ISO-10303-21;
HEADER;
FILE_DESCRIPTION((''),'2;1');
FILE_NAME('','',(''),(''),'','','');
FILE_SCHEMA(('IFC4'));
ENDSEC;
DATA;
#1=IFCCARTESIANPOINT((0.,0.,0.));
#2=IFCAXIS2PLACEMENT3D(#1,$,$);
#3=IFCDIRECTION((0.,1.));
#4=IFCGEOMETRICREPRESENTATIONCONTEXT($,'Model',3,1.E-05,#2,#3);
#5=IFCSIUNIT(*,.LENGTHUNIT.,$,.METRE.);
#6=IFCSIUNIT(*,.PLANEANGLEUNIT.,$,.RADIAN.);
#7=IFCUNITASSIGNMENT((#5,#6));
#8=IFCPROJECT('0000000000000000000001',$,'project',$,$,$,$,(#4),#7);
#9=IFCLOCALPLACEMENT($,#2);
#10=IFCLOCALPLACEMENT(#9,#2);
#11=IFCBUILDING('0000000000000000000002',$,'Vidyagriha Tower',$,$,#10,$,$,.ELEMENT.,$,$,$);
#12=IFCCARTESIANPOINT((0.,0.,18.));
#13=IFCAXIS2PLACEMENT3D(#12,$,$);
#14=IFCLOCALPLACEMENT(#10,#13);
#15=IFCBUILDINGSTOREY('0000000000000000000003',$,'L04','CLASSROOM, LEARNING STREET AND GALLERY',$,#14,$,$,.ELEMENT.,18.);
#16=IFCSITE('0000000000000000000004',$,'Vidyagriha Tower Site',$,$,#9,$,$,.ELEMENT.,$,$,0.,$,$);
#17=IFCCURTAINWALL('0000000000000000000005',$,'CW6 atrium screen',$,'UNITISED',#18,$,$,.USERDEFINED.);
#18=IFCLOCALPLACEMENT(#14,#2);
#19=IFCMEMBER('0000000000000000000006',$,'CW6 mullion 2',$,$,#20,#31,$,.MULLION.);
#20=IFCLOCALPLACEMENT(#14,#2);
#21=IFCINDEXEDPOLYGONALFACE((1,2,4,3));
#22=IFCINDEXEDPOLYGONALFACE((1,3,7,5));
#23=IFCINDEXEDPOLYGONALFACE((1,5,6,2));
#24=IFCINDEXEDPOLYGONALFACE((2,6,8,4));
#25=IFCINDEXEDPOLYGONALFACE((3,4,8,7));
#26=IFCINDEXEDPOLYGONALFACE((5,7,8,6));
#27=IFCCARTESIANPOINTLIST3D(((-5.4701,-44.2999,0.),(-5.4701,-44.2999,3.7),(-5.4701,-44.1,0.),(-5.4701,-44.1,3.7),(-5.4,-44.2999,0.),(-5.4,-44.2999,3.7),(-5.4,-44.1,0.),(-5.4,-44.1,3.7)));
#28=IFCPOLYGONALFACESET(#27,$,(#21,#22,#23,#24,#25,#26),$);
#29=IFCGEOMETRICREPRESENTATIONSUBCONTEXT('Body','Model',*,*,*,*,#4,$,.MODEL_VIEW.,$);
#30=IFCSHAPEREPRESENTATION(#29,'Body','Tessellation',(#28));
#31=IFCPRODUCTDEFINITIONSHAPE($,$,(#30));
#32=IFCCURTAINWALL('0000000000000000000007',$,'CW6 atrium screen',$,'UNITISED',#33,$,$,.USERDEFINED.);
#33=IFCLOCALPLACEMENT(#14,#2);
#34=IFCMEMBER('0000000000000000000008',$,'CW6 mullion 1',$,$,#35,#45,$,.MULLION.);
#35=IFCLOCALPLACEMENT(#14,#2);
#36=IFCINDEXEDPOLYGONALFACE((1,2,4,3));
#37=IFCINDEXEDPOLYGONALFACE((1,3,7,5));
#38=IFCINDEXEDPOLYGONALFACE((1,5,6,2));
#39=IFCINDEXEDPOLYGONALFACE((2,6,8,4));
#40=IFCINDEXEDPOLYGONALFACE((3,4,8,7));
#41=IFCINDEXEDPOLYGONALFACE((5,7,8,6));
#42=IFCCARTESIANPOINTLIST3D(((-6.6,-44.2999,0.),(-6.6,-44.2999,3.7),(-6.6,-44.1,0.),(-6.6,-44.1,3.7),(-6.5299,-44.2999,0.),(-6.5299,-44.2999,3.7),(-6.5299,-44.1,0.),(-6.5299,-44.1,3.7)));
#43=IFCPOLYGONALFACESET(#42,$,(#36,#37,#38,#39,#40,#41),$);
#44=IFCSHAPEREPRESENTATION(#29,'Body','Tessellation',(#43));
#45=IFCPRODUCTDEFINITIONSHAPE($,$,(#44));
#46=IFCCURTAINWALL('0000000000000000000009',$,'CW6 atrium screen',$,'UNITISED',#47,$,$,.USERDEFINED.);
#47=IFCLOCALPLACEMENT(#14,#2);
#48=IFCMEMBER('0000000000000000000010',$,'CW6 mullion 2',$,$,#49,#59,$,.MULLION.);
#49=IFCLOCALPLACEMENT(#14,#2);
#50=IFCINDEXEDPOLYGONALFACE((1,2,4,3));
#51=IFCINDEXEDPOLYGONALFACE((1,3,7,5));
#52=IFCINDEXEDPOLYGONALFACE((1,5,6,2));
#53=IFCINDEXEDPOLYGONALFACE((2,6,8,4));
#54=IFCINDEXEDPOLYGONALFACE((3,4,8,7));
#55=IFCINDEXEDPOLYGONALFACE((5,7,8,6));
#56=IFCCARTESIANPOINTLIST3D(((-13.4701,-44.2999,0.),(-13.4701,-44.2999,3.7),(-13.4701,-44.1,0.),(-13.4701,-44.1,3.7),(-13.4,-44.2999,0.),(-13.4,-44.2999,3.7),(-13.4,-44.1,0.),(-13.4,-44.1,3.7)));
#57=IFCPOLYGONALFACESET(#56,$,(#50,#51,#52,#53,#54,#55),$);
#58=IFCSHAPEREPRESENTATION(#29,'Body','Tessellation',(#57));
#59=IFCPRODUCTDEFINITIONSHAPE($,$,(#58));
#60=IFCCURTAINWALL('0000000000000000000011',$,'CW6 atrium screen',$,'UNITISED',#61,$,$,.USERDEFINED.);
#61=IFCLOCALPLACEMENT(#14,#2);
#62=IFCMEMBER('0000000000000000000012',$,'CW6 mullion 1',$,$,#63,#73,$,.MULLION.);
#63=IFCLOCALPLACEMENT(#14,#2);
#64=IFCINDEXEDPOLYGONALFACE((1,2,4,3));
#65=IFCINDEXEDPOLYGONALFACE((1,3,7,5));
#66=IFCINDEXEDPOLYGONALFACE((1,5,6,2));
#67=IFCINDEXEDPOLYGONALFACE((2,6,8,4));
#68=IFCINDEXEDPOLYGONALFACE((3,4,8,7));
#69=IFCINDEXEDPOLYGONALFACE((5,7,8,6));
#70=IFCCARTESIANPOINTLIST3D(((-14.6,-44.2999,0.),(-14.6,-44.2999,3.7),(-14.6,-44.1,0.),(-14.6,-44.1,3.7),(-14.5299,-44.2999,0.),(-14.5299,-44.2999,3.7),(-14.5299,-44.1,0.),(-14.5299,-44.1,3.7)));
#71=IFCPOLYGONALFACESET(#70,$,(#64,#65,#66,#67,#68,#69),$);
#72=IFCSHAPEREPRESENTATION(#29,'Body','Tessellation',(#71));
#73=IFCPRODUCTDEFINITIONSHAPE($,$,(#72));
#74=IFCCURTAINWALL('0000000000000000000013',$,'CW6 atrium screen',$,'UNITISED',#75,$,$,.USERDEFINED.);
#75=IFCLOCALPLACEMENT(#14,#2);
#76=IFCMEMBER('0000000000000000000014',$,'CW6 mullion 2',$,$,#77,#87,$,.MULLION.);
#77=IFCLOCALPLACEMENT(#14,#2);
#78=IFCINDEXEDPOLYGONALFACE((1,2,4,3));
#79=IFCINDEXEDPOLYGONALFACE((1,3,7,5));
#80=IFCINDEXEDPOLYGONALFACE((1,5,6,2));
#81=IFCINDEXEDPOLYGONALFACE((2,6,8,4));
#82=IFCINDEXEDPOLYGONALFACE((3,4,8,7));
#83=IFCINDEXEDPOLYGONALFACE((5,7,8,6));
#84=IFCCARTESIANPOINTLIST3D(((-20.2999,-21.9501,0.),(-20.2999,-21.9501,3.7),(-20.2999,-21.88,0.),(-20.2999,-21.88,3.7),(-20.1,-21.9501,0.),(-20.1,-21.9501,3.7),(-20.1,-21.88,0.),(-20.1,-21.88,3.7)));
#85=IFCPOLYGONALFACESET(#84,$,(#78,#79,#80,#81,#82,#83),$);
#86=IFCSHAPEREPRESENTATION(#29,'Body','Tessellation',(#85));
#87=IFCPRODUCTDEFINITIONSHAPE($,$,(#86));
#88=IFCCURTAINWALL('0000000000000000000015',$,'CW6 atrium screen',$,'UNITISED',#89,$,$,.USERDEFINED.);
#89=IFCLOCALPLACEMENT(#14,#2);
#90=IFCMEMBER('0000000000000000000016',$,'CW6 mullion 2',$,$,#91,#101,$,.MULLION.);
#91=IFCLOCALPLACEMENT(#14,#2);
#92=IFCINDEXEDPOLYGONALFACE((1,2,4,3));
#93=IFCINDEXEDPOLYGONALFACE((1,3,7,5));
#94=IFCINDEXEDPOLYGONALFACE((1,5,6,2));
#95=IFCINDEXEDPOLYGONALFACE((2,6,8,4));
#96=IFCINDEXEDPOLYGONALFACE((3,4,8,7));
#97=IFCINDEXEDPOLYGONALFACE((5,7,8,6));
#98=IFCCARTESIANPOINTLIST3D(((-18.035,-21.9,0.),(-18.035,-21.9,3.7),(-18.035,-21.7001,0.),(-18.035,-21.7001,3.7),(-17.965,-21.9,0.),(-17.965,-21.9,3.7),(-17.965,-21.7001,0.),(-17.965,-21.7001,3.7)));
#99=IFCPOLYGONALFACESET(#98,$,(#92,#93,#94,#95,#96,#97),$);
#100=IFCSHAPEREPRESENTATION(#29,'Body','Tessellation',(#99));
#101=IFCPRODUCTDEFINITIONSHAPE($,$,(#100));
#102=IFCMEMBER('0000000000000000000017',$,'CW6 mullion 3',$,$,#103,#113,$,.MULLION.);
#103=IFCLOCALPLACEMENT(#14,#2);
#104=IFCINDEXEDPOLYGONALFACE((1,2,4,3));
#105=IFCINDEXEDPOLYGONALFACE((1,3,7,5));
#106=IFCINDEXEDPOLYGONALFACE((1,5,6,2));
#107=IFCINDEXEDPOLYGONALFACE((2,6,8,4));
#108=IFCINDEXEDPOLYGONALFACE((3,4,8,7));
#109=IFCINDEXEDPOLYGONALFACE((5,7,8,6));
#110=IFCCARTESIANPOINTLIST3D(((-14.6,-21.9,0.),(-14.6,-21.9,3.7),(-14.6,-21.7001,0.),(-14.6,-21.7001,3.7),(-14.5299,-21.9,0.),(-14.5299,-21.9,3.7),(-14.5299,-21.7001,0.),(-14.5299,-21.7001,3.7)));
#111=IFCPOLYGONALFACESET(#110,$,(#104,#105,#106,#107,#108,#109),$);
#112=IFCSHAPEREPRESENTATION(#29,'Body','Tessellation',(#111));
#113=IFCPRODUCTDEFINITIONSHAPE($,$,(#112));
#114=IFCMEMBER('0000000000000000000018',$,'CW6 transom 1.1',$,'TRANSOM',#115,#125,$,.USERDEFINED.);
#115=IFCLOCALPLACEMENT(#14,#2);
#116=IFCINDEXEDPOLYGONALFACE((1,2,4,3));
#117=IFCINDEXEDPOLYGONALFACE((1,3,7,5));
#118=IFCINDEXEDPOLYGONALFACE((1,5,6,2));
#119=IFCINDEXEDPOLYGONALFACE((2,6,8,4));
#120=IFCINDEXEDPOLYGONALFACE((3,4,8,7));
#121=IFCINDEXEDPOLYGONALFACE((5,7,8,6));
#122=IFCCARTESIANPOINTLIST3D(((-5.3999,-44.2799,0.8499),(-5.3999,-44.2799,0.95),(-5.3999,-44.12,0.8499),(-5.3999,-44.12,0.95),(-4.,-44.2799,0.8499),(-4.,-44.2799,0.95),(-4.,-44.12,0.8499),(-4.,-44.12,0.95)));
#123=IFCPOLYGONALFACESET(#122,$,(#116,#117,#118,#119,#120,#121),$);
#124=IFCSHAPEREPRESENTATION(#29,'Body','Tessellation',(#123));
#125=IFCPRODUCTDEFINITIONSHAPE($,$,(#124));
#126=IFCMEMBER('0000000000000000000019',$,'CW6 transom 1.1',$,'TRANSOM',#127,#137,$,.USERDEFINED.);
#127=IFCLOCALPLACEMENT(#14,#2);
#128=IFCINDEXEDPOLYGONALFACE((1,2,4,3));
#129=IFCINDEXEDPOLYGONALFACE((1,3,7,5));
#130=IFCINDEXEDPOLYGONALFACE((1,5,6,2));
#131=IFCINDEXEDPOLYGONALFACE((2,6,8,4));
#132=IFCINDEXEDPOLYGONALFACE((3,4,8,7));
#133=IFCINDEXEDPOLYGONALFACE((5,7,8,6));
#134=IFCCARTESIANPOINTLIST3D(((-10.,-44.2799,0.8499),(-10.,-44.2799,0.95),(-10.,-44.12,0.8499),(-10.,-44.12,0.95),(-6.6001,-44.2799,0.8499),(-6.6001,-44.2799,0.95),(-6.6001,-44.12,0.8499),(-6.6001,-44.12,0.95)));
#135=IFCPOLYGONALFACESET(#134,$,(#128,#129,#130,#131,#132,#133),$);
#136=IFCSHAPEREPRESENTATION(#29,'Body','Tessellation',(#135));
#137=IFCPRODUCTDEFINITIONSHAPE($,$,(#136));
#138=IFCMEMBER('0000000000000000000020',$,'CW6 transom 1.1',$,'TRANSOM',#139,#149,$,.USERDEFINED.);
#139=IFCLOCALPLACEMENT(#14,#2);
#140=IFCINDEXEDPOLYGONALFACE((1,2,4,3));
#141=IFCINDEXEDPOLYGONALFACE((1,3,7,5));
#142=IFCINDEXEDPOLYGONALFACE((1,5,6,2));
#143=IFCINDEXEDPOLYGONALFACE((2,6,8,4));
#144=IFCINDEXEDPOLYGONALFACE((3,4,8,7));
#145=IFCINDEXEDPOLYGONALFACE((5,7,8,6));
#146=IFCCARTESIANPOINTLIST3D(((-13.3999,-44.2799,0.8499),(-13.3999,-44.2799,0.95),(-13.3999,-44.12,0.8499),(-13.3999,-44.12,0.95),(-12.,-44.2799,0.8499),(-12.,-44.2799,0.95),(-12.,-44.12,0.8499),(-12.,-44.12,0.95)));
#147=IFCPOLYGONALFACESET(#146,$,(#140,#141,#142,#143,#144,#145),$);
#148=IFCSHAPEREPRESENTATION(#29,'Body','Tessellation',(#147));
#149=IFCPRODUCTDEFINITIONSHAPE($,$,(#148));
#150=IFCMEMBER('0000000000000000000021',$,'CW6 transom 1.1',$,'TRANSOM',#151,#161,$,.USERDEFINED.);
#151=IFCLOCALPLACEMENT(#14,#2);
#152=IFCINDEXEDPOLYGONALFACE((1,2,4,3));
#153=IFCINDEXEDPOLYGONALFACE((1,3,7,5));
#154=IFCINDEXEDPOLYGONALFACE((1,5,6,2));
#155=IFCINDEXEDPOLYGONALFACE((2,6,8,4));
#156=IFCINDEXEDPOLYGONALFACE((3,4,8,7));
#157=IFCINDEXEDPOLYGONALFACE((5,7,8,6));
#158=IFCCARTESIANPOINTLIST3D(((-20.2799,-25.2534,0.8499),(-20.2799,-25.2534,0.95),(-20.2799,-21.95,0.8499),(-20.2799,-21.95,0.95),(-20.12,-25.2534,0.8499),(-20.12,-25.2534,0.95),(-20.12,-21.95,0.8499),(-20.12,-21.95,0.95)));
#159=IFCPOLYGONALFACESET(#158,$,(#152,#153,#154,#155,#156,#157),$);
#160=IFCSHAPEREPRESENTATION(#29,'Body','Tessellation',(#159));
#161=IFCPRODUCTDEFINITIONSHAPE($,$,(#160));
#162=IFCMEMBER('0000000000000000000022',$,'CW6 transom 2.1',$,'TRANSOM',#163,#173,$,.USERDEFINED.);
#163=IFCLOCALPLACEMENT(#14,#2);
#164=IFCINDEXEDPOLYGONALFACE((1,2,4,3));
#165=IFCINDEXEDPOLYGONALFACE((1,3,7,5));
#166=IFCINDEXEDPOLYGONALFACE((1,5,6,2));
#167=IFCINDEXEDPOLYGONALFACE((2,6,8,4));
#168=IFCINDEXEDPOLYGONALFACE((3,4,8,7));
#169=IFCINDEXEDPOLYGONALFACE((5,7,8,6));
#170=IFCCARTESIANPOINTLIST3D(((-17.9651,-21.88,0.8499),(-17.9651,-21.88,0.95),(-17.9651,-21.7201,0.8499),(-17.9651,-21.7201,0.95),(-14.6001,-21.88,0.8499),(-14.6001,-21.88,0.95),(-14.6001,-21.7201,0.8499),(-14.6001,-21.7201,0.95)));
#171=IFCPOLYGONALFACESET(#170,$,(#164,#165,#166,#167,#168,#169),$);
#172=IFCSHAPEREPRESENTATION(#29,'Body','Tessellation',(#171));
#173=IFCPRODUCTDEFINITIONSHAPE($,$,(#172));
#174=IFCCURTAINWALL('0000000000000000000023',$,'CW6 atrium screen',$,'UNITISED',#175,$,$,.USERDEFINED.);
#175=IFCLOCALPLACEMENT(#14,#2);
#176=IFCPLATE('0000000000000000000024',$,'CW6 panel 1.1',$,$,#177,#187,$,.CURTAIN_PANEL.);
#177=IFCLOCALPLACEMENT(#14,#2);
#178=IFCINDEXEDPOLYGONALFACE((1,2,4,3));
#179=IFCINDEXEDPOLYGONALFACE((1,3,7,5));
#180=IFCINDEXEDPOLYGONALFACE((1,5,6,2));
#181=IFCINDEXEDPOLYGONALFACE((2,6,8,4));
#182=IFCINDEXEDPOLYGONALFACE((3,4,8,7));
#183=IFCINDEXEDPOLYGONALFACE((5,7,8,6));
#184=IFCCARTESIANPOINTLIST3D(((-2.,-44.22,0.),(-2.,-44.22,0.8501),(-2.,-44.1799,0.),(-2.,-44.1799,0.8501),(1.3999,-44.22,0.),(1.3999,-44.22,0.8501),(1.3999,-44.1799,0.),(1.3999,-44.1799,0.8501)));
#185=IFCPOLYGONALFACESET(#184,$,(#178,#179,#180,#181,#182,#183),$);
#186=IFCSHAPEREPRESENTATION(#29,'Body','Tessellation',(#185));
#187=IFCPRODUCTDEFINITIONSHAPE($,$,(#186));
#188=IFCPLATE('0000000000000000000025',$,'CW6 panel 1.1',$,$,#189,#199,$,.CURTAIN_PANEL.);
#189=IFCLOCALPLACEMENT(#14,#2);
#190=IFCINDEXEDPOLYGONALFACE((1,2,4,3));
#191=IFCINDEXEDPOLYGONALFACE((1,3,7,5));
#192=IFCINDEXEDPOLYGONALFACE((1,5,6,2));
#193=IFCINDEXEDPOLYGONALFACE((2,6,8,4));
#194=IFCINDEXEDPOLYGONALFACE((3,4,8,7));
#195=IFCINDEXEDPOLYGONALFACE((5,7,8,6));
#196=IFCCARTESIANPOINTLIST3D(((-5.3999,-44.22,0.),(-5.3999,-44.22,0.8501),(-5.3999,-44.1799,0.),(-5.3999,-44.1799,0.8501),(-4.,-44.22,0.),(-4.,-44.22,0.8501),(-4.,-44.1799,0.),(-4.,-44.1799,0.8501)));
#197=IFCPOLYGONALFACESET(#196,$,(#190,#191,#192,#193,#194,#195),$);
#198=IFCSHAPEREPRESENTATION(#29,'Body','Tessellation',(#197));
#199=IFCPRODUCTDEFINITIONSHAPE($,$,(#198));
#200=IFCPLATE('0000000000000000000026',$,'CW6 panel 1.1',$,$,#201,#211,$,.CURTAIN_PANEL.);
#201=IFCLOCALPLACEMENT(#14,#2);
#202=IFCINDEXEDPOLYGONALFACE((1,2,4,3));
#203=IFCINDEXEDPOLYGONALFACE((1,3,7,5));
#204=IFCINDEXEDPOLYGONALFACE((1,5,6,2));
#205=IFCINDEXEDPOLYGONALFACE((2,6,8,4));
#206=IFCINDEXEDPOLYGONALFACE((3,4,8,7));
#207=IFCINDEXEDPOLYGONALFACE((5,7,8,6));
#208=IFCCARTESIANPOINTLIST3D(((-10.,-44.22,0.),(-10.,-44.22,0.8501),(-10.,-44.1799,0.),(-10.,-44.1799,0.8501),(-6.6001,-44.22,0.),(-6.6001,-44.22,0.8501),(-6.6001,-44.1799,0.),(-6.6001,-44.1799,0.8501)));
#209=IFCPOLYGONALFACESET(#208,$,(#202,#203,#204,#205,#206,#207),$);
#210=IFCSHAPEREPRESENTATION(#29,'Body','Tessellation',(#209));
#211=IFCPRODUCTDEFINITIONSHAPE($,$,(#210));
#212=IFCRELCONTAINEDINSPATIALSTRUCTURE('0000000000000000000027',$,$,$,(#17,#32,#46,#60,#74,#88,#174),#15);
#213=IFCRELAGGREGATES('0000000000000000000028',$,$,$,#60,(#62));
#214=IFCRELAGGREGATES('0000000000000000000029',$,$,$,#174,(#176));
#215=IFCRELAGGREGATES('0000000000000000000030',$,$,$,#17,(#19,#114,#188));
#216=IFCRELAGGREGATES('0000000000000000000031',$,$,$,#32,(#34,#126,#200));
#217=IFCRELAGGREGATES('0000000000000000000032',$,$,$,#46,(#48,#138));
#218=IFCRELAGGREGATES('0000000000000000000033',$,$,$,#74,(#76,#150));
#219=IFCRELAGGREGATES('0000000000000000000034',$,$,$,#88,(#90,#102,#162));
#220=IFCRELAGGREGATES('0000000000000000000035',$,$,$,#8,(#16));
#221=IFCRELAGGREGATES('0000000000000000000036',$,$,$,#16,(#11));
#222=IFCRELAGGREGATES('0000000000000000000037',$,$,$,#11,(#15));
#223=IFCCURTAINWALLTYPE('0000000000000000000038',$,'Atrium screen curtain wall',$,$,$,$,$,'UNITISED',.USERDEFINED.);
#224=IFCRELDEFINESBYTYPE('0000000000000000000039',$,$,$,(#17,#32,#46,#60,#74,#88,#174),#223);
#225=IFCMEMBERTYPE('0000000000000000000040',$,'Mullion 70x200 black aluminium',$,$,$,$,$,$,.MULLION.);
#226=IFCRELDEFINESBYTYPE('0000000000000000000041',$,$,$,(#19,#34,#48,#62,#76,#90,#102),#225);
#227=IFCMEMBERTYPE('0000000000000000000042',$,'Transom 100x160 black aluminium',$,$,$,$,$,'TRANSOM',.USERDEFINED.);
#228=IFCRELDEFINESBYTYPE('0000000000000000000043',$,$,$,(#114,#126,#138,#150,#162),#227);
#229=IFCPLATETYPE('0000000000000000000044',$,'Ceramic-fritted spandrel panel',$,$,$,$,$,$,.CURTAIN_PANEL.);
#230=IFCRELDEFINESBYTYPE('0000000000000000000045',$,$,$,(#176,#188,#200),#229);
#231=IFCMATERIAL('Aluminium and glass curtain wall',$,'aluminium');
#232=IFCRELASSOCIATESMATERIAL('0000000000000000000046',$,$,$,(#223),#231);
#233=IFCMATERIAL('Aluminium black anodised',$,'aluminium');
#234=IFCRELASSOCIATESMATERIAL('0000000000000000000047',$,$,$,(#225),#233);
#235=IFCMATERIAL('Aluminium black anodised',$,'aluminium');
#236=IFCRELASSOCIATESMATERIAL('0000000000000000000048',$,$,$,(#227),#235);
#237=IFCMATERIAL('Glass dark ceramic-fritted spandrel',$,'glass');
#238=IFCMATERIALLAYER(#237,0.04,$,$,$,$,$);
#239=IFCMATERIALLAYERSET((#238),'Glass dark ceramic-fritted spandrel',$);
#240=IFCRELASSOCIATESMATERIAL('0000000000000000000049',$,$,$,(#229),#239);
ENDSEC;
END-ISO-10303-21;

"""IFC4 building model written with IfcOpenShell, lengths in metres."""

from ifc_helpers import new_model, si_unit, direction, frame, origin, origin_2d, place, context, subcontext, project, spatial, rectangle, extrude, material, layer, layer_set, material_profile, profile_set, type_object, element, aggregate, save


model = new_model("IFC4")

# Units and contexts
model_context = context("Model", 3, precision=1e-05, world=origin(), true_north=direction((0.0, 1.0)))
body_context = subcontext(model_context, "Body", "Model", "MODEL_VIEW")
ifc_project = project(units=[si_unit("LENGTHUNIT", "METRE"), si_unit("PLANEANGLEUNIT", "RADIAN")], contexts=[model_context])

# Site, building, storey
site_placement = place(None, origin())
site = spatial("IfcSite", under=ifc_project, at=site_placement, Name="Vidyagriha Tower Site", CompositionType="ELEMENT", RefElevation=0.0)
building_placement = place(site_placement, origin())
building = spatial("IfcBuilding", under=site, at=building_placement, Name="Vidyagriha Tower", CompositionType="ELEMENT")
storey_placement = place(building_placement, frame((0.0, 0.0, 18.0)))
storey = spatial("IfcBuildingStorey", under=building, at=storey_placement, Name="L04", Description="CLASSROOM, LEARNING STREET AND GALLERY", CompositionType="ELEMENT", Elevation=18.0)

# Curtain walls, members
ifc_material_1 = material(Name="Aluminium and glass curtain wall", Category="aluminium")
curtain_wall_type = type_object("IfcCurtainWallType", Name="Atrium screen curtain wall", ElementType="UNITISED", PredefinedType="USERDEFINED", material=ifc_material_1)
curtain_wall_1_placement = place(storey_placement, origin())
curtain_wall_1 = element("IfcCurtainWall", 1, at=curtain_wall_1_placement, inside=storey, type_object=curtain_wall_type, Name="CW6 atrium screen", ObjectType="UNITISED", PredefinedType="USERDEFINED")
ifc_material_2 = material(Name="Aluminium black anodised", Category="aluminium")
ifc_material_profile_1 = material_profile(ifc_material_2, rectangle(XDim=0.2, YDim=0.0701, at=origin_2d()), Name="Mullion 70x200 black aluminium")
ifc_profile_set_1 = profile_set([ifc_material_profile_1], Name="Aluminium black anodised")
member_type_1 = type_object("IfcMemberType", Name="Mullion 70x200 black aluminium", PredefinedType="MULLION", material=ifc_profile_set_1)
member_1_placement = place(storey_placement, frame((-5.4351, -44.2, 0.0), z_axis=(0.0, 0.0, 1.0), x_axis=(0.0, -1.0, 0.0)))
member_1 = element("IfcMember", 2, at=member_1_placement, type_object=member_type_1, Name="CW6 mullion 2", PredefinedType="MULLION", context=body_context, shape_type="SweptSolid", body=[
    extrude(rectangle(XDim=0.2, YDim=0.0701, at=origin_2d()), origin(), (0.0, 0.0, 1.0), 3.7),
])
curtain_wall_2_placement = place(storey_placement, origin())
curtain_wall_2 = element("IfcCurtainWall", 3, at=curtain_wall_2_placement, inside=storey, type_object=curtain_wall_type, Name="CW6 atrium screen", ObjectType="UNITISED", PredefinedType="USERDEFINED")
member_2_placement = place(storey_placement, frame((-6.5649, -44.2, 0.0), z_axis=(0.0, 0.0, 1.0), x_axis=(0.0, -1.0, 0.0)))
member_2 = element("IfcMember", 4, at=member_2_placement, type_object=member_type_1, Name="CW6 mullion 1", PredefinedType="MULLION", context=body_context, shape_type="SweptSolid", body=[
    extrude(rectangle(XDim=0.2, YDim=0.0701, at=origin_2d()), origin(), (0.0, 0.0, 1.0), 3.7),
])
curtain_wall_3_placement = place(storey_placement, origin())
curtain_wall_3 = element("IfcCurtainWall", 5, at=curtain_wall_3_placement, inside=storey, type_object=curtain_wall_type, Name="CW6 atrium screen", ObjectType="UNITISED", PredefinedType="USERDEFINED")
member_3_placement = place(storey_placement, frame((-13.4351, -44.2, 0.0), z_axis=(0.0, 0.0, 1.0), x_axis=(0.0, -1.0, 0.0)))
member_3 = element("IfcMember", 6, at=member_3_placement, type_object=member_type_1, Name="CW6 mullion 2", PredefinedType="MULLION", context=body_context, shape_type="SweptSolid", body=[
    extrude(rectangle(XDim=0.2, YDim=0.0701, at=origin_2d()), origin(), (0.0, 0.0, 1.0), 3.7),
])
curtain_wall_4_placement = place(storey_placement, origin())
curtain_wall_4 = element("IfcCurtainWall", 7, at=curtain_wall_4_placement, inside=storey, type_object=curtain_wall_type, Name="CW6 atrium screen", ObjectType="UNITISED", PredefinedType="USERDEFINED")
member_4_placement = place(storey_placement, frame((-14.5649, -44.2, 0.0), z_axis=(0.0, 0.0, 1.0), x_axis=(0.0, -1.0, 0.0)))
member_4 = element("IfcMember", 8, at=member_4_placement, type_object=member_type_1, Name="CW6 mullion 1", PredefinedType="MULLION", context=body_context, shape_type="SweptSolid", body=[
    extrude(rectangle(XDim=0.2, YDim=0.0701, at=origin_2d()), origin(), (0.0, 0.0, 1.0), 3.7),
])
aggregate(curtain_wall_4, [member_4])
curtain_wall_5_placement = place(storey_placement, origin())
curtain_wall_5 = element("IfcCurtainWall", 9, at=curtain_wall_5_placement, inside=storey, type_object=curtain_wall_type, Name="CW6 atrium screen", ObjectType="UNITISED", PredefinedType="USERDEFINED")
member_5_placement = place(storey_placement, frame((-20.2, -21.915, 0.0), z_axis=(0.0, 0.0, 1.0), x_axis=(-1.0, 0.0, 0.0)))
member_5 = element("IfcMember", 10, at=member_5_placement, type_object=member_type_1, Name="CW6 mullion 2", PredefinedType="MULLION", context=body_context, shape_type="SweptSolid", body=[
    extrude(rectangle(XDim=0.2, YDim=0.0701, at=origin_2d()), origin(), (0.0, 0.0, 1.0), 3.7),
])

# Curtain wall, members
curtain_wall_6_placement = place(storey_placement, origin())
curtain_wall_6 = element("IfcCurtainWall", 11, at=curtain_wall_6_placement, inside=storey, type_object=curtain_wall_type, Name="CW6 atrium screen", ObjectType="UNITISED", PredefinedType="USERDEFINED")
member_6_placement = place(storey_placement, frame((-18.0, -21.8, 0.0), z_axis=(0.0, 0.0, 1.0), x_axis=(0.0, 1.0, 0.0)))
member_6 = element("IfcMember", 12, at=member_6_placement, type_object=member_type_1, Name="CW6 mullion 2", PredefinedType="MULLION", context=body_context, shape_type="SweptSolid", body=[
    extrude(rectangle(XDim=0.2, YDim=0.0701, at=origin_2d()), origin(), (0.0, 0.0, 1.0), 3.7),
])
member_7_placement = place(storey_placement, frame((-14.5649, -21.8, 0.0), z_axis=(0.0, 0.0, 1.0), x_axis=(0.0, 1.0, 0.0)))
member_7 = element("IfcMember", 13, at=member_7_placement, type_object=member_type_1, Name="CW6 mullion 3", PredefinedType="MULLION", context=body_context, shape_type="SweptSolid", body=[
    extrude(rectangle(XDim=0.2, YDim=0.0701, at=origin_2d()), origin(), (0.0, 0.0, 1.0), 3.7),
])

# Members
ifc_material_3 = material(Name="Aluminium black anodised", Category="aluminium")
ifc_material_profile_2 = material_profile(ifc_material_3, rectangle(XDim=0.1599, YDim=0.1001, at=origin_2d()), Name="Transom 100x160 black aluminium")
ifc_profile_set_2 = profile_set([ifc_material_profile_2], Name="Aluminium black anodised")
member_type_2 = type_object("IfcMemberType", Name="Transom 100x160 black aluminium", ElementType="TRANSOM", PredefinedType="USERDEFINED", material=ifc_profile_set_2)
member_8_placement = place(storey_placement, frame((-4.0, -44.2, 0.8999), z_axis=(-1.0, 0.0, 0.0), x_axis=(0.0, -1.0, 0.0)))
member_8 = element("IfcMember", 14, at=member_8_placement, type_object=member_type_2, Name="CW6 transom 1.1", ObjectType="TRANSOM", PredefinedType="USERDEFINED", context=body_context, shape_type="SweptSolid", body=[
    extrude(rectangle(XDim=0.1599, YDim=0.1001, at=origin_2d()), origin(), (0.0, 0.0, 1.0), 1.3999),
])
member_9_placement = place(storey_placement, frame((-6.6001, -44.2, 0.8999), z_axis=(-1.0, 0.0, 0.0), x_axis=(0.0, -1.0, 0.0)))
member_9 = element("IfcMember", 15, at=member_9_placement, type_object=member_type_2, Name="CW6 transom 1.1", ObjectType="TRANSOM", PredefinedType="USERDEFINED", context=body_context, shape_type="SweptSolid", body=[
    extrude(rectangle(XDim=0.1599, YDim=0.1001, at=origin_2d()), origin(), (0.0, 0.0, 1.0), 3.3999),
])
member_10_placement = place(storey_placement, frame((-12.0, -44.2, 0.8999), z_axis=(-1.0, 0.0, 0.0), x_axis=(0.0, -1.0, 0.0)))
member_10 = element("IfcMember", 16, at=member_10_placement, type_object=member_type_2, Name="CW6 transom 1.1", ObjectType="TRANSOM", PredefinedType="USERDEFINED", context=body_context, shape_type="SweptSolid", body=[
    extrude(rectangle(XDim=0.1599, YDim=0.1001, at=origin_2d()), origin(), (0.0, 0.0, 1.0), 1.3999),
])
member_11_placement = place(storey_placement, frame((-20.2, -25.2534, 0.8999), z_axis=(0.0, 1.0, 0.0), x_axis=(-1.0, 0.0, 0.0)))
member_11 = element("IfcMember", 17, at=member_11_placement, type_object=member_type_2, Name="CW6 transom 1.1", ObjectType="TRANSOM", PredefinedType="USERDEFINED", context=body_context, shape_type="SweptSolid", body=[
    extrude(rectangle(XDim=0.1599, YDim=0.1001, at=origin_2d()), origin(), (0.0, 0.0, 1.0), 3.3035),
])
member_12_placement = place(storey_placement, frame((-17.9651, -21.8, 0.8999), z_axis=(1.0, 0.0, 0.0), x_axis=(0.0, 1.0, 0.0)))
member_12 = element("IfcMember", 18, at=member_12_placement, type_object=member_type_2, Name="CW6 transom 2.1", ObjectType="TRANSOM", PredefinedType="USERDEFINED", context=body_context, shape_type="SweptSolid", body=[
    extrude(rectangle(XDim=0.1599, YDim=0.1001, at=origin_2d()), origin(), (0.0, 0.0, 1.0), 3.365),
])

# Curtain wall, plate
curtain_wall_7_placement = place(storey_placement, origin())
curtain_wall_7 = element("IfcCurtainWall", 19, at=curtain_wall_7_placement, inside=storey, type_object=curtain_wall_type, Name="CW6 atrium screen", ObjectType="UNITISED", PredefinedType="USERDEFINED")
ifc_material_4 = material(Name="Glass dark ceramic-fritted spandrel", Category="glass")
ifc_layer_1 = layer(ifc_material_4, 0.04)
ifc_layer_set_1 = layer_set([ifc_layer_1], Name="Glass dark ceramic-fritted spandrel")
plate_type_1 = type_object("IfcPlateType", Name="Ceramic-fritted spandrel panel", PredefinedType="CURTAIN_PANEL", material=ifc_layer_set_1)
plate_1_placement = place(storey_placement, frame((-0.3, -44.2, 0.0), z_axis=(0.0, 0.0, 1.0), x_axis=(-1.0, 0.0, 0.0)))
plate_1 = element("IfcPlate", 20, at=plate_1_placement, type_object=plate_type_1, Name="CW6 panel 1.1", PredefinedType="CURTAIN_PANEL", context=body_context, shape_type="SweptSolid", body=[
    extrude(rectangle(XDim=3.3999, YDim=0.04, at=origin_2d()), origin(), (0.0, 0.0, 1.0), 0.8501),
])

# Plates
plate_2_placement = place(storey_placement, frame((-4.7, -44.2, 0.0), z_axis=(0.0, 0.0, 1.0), x_axis=(-1.0, 0.0, 0.0)))
plate_2 = element("IfcPlate", 21, at=plate_2_placement, type_object=plate_type_1, Name="CW6 panel 1.1", PredefinedType="CURTAIN_PANEL", context=body_context, shape_type="SweptSolid", body=[
    extrude(rectangle(XDim=1.3999, YDim=0.04, at=origin_2d()), origin(), (0.0, 0.0, 1.0), 0.8501),
])
plate_3_placement = place(storey_placement, frame((-8.3, -44.2, 0.0), z_axis=(0.0, 0.0, 1.0), x_axis=(-1.0, 0.0, 0.0)))
plate_3 = element("IfcPlate", 22, at=plate_3_placement, type_object=plate_type_1, Name="CW6 panel 1.1", PredefinedType="CURTAIN_PANEL", context=body_context, shape_type="SweptSolid", body=[
    extrude(rectangle(XDim=3.3999, YDim=0.04, at=origin_2d()), origin(), (0.0, 0.0, 1.0), 0.8501),
])
aggregate(curtain_wall_7, [plate_1])
aggregate(curtain_wall_1, [member_1, member_8, plate_2])
aggregate(curtain_wall_2, [member_2, member_9, plate_3])
aggregate(curtain_wall_3, [member_3, member_10])

aggregate(curtain_wall_5, [member_5, member_11])
aggregate(curtain_wall_6, [member_6, member_7, member_12])

save(model, "model.ifc")
